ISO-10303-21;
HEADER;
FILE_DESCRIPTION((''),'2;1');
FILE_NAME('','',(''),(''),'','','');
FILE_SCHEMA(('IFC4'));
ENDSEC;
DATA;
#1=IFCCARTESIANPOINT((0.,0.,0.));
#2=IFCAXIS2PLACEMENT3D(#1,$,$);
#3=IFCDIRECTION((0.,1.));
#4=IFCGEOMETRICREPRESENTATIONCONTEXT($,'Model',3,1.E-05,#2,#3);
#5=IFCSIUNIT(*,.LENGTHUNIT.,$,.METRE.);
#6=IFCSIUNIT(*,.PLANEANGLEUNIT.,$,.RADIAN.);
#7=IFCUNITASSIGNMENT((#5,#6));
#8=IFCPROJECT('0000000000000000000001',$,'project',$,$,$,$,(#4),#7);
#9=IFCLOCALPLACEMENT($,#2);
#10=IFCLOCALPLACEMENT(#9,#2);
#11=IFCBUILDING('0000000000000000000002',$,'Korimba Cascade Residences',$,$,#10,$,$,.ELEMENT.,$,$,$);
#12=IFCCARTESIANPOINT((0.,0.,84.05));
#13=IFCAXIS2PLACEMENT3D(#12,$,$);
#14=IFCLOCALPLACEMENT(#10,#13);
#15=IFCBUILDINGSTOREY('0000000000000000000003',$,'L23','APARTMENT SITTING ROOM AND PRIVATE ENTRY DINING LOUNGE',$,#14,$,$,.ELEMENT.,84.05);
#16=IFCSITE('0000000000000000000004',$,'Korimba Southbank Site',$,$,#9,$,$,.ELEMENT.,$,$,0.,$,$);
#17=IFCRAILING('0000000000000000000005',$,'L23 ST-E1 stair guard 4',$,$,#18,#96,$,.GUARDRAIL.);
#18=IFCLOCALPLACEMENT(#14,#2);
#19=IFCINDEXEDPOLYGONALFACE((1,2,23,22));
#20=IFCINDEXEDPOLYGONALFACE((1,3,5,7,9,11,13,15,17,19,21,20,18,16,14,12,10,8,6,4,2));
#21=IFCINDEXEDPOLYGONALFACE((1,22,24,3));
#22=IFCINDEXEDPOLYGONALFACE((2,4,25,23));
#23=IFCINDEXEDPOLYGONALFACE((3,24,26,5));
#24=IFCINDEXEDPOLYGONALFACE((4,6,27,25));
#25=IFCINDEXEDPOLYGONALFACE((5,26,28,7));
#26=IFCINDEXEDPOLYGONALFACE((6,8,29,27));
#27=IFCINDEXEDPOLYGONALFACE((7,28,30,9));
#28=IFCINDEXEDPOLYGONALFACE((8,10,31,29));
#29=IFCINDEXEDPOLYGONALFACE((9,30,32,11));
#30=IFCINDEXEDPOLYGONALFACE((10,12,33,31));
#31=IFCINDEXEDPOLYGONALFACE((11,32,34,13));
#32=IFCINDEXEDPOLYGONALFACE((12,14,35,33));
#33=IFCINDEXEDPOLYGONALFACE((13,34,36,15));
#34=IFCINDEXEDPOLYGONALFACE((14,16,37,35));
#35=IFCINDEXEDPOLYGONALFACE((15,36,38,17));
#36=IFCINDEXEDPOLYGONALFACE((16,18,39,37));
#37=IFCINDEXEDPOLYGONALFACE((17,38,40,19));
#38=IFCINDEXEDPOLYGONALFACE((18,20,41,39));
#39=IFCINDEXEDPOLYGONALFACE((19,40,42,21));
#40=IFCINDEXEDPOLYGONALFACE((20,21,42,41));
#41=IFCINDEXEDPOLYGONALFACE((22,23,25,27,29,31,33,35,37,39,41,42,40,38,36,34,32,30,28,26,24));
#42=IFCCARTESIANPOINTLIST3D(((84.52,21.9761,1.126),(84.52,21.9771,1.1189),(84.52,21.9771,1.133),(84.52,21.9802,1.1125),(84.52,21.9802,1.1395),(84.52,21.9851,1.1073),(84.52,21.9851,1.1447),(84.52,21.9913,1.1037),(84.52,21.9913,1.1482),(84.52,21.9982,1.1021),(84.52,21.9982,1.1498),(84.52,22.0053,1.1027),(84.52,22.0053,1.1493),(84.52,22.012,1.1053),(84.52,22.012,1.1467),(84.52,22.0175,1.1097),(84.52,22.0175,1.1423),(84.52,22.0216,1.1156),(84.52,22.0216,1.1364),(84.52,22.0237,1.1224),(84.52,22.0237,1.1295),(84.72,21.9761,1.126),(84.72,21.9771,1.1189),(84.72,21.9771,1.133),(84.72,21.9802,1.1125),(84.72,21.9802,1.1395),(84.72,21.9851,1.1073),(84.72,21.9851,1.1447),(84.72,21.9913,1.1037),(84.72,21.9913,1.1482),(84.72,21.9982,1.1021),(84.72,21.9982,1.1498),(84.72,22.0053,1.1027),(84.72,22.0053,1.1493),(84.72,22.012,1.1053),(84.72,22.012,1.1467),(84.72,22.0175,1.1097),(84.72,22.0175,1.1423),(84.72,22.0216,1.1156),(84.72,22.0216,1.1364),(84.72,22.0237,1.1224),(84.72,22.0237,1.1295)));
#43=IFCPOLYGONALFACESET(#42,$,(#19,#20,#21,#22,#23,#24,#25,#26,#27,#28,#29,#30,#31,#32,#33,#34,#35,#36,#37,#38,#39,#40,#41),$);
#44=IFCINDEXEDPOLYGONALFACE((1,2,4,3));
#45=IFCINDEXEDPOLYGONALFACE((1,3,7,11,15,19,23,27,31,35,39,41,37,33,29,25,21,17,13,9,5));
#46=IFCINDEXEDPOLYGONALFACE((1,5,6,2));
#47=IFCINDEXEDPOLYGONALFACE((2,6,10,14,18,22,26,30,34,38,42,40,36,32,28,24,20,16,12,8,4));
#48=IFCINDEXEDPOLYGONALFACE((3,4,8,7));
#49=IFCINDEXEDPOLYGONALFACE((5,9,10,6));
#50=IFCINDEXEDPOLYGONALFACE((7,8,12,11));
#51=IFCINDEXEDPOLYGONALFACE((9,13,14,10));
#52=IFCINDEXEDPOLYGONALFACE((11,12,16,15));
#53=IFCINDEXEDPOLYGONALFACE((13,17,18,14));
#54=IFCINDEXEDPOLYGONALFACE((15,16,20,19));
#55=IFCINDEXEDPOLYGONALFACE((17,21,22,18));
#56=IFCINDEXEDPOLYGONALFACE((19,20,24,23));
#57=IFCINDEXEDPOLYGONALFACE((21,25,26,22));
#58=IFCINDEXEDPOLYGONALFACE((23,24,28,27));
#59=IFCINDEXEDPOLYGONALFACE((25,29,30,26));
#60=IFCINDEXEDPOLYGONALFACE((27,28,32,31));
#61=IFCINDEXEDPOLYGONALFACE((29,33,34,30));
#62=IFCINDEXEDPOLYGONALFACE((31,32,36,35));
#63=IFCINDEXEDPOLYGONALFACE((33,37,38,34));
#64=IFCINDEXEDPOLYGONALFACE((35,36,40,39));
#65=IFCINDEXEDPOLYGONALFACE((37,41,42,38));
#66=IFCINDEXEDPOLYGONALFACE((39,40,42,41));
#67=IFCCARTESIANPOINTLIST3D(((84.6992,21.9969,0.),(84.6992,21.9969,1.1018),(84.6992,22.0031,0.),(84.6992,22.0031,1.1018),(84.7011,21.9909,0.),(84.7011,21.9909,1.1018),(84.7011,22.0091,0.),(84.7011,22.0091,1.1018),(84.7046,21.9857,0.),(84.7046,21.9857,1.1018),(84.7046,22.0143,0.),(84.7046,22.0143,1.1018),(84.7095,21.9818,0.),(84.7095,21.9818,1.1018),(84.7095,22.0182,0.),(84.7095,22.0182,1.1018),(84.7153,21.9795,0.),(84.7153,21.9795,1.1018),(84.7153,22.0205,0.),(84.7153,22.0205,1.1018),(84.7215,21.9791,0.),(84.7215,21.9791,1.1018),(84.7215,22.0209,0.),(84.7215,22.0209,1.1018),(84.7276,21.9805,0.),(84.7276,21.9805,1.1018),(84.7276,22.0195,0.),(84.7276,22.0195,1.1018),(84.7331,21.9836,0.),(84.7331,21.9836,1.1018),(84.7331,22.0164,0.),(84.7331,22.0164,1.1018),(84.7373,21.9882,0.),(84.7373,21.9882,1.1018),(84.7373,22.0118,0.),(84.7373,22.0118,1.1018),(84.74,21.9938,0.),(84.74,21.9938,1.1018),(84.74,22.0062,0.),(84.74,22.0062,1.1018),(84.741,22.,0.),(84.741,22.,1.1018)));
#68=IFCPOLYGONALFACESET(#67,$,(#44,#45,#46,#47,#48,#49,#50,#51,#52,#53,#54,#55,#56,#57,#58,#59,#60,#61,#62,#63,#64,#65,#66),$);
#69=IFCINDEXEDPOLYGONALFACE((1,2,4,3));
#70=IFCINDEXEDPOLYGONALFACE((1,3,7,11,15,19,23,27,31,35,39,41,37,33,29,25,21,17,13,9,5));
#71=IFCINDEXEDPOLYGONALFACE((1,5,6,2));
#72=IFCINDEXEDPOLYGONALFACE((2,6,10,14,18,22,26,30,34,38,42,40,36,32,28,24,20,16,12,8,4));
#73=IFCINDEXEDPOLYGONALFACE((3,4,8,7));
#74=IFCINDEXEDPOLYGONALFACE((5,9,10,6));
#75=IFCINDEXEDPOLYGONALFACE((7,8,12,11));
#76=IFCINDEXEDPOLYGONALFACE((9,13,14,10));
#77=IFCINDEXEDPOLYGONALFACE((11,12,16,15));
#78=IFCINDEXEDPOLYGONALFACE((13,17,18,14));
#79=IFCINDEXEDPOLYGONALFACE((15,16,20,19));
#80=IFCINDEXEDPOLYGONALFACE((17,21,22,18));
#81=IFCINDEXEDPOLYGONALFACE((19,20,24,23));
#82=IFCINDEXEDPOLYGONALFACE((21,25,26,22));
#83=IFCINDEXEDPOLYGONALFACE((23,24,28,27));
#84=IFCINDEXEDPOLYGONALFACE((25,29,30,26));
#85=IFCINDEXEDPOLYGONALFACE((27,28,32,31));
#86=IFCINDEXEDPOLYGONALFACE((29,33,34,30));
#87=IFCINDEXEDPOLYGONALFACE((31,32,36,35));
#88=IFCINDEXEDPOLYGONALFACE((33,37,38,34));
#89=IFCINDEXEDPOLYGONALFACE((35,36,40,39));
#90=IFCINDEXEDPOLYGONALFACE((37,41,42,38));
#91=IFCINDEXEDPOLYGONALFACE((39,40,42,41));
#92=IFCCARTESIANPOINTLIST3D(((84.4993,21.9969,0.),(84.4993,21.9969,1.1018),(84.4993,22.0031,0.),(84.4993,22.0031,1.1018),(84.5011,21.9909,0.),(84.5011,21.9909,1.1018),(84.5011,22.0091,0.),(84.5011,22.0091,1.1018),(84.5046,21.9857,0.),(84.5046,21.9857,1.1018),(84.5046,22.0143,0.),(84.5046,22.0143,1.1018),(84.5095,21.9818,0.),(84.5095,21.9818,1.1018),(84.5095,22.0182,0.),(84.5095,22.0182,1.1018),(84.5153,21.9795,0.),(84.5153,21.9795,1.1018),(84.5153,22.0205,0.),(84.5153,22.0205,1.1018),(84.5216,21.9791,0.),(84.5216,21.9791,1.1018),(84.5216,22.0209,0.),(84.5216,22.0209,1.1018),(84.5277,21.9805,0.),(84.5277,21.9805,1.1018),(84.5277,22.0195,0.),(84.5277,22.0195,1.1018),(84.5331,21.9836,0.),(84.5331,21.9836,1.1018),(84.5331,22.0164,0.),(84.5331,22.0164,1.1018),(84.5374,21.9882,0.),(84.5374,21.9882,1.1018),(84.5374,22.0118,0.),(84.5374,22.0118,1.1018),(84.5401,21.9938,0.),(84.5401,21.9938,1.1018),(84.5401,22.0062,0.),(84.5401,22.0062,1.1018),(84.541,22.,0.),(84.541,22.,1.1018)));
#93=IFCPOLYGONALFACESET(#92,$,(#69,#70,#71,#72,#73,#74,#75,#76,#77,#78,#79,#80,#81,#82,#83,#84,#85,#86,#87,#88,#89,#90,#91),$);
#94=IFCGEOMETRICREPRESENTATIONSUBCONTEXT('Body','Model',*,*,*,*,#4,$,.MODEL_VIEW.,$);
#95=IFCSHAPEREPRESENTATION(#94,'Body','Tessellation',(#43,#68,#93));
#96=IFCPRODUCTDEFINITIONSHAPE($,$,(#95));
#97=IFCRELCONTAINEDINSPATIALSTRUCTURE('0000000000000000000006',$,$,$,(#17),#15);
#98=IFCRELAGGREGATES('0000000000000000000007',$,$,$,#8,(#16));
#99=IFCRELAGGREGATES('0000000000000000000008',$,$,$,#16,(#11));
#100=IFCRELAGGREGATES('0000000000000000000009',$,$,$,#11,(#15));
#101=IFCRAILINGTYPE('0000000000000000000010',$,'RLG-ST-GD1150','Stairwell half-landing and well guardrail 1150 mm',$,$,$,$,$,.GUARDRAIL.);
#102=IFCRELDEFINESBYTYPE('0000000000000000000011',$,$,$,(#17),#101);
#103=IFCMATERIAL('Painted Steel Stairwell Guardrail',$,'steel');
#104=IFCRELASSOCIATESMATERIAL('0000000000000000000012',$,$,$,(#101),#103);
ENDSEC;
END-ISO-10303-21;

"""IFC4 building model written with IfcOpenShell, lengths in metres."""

from ifc_helpers import new_model, si_unit, direction, frame, origin, origin_2d, place, context, subcontext, project, spatial, circle, extrude, material, type_object, element, save


model = new_model("IFC4")

# Units and contexts
model_context = context("Model", 3, precision=1e-05, world=origin(), true_north=direction((0.0, 1.0)))
body_context = subcontext(model_context, "Body", "Model", "MODEL_VIEW")
ifc_project = project(units=[si_unit("LENGTHUNIT", "METRE"), si_unit("PLANEANGLEUNIT", "RADIAN")], contexts=[model_context])

# Site, building, storey
site_placement = place(None, origin())
site = spatial("IfcSite", under=ifc_project, at=site_placement, Name="Korimba Southbank Site", CompositionType="ELEMENT", RefElevation=0.0)
building_placement = place(site_placement, origin())
building = spatial("IfcBuilding", under=site, at=building_placement, Name="Korimba Cascade Residences", CompositionType="ELEMENT")
storey_placement = place(building_placement, frame((0.0, 0.0, 84.05)))
storey = spatial("IfcBuildingStorey", under=building, at=storey_placement, Name="L23", Description="APARTMENT SITTING ROOM AND PRIVATE ENTRY DINING LOUNGE", CompositionType="ELEMENT", Elevation=84.05)

# Railing
ifc_material_1 = material(Name="Painted Steel Stairwell Guardrail", Category="steel")
railing_type_1 = type_object("IfcRailingType", Name="RLG-ST-GD1150", Description="Stairwell half-landing and well guardrail 1150 mm", PredefinedType="GUARDRAIL", material=ifc_material_1)
railing_1_placement = place(storey_placement, frame((84.72, 22.0, 0.0)))
element("IfcRailing", 1, at=railing_1_placement, inside=storey, type_object=railing_type_1, Name="L23 ST-E1 stair guard 4", PredefinedType="GUARDRAIL", context=body_context, shape_type="SweptSolid", body=[
    extrude(circle(Radius=0.0239, at=origin_2d()), frame((0.0, 0.0, 1.126), z_axis=(-1.0, 0.0, 0.0), x_axis=(0.0, -1.0, 0.0)), (0.0, 0.0, 1.0), 0.2),
    extrude(circle(Radius=0.021, at=origin_2d()), origin(), (0.0, 0.0, 1.0), 1.1018),
    extrude(circle(Radius=0.021, at=origin_2d()), frame((-0.2, 0.0, 0.0)), (0.0, 0.0, 1.0), 1.1018),
])

save(model, "model.ifc")
